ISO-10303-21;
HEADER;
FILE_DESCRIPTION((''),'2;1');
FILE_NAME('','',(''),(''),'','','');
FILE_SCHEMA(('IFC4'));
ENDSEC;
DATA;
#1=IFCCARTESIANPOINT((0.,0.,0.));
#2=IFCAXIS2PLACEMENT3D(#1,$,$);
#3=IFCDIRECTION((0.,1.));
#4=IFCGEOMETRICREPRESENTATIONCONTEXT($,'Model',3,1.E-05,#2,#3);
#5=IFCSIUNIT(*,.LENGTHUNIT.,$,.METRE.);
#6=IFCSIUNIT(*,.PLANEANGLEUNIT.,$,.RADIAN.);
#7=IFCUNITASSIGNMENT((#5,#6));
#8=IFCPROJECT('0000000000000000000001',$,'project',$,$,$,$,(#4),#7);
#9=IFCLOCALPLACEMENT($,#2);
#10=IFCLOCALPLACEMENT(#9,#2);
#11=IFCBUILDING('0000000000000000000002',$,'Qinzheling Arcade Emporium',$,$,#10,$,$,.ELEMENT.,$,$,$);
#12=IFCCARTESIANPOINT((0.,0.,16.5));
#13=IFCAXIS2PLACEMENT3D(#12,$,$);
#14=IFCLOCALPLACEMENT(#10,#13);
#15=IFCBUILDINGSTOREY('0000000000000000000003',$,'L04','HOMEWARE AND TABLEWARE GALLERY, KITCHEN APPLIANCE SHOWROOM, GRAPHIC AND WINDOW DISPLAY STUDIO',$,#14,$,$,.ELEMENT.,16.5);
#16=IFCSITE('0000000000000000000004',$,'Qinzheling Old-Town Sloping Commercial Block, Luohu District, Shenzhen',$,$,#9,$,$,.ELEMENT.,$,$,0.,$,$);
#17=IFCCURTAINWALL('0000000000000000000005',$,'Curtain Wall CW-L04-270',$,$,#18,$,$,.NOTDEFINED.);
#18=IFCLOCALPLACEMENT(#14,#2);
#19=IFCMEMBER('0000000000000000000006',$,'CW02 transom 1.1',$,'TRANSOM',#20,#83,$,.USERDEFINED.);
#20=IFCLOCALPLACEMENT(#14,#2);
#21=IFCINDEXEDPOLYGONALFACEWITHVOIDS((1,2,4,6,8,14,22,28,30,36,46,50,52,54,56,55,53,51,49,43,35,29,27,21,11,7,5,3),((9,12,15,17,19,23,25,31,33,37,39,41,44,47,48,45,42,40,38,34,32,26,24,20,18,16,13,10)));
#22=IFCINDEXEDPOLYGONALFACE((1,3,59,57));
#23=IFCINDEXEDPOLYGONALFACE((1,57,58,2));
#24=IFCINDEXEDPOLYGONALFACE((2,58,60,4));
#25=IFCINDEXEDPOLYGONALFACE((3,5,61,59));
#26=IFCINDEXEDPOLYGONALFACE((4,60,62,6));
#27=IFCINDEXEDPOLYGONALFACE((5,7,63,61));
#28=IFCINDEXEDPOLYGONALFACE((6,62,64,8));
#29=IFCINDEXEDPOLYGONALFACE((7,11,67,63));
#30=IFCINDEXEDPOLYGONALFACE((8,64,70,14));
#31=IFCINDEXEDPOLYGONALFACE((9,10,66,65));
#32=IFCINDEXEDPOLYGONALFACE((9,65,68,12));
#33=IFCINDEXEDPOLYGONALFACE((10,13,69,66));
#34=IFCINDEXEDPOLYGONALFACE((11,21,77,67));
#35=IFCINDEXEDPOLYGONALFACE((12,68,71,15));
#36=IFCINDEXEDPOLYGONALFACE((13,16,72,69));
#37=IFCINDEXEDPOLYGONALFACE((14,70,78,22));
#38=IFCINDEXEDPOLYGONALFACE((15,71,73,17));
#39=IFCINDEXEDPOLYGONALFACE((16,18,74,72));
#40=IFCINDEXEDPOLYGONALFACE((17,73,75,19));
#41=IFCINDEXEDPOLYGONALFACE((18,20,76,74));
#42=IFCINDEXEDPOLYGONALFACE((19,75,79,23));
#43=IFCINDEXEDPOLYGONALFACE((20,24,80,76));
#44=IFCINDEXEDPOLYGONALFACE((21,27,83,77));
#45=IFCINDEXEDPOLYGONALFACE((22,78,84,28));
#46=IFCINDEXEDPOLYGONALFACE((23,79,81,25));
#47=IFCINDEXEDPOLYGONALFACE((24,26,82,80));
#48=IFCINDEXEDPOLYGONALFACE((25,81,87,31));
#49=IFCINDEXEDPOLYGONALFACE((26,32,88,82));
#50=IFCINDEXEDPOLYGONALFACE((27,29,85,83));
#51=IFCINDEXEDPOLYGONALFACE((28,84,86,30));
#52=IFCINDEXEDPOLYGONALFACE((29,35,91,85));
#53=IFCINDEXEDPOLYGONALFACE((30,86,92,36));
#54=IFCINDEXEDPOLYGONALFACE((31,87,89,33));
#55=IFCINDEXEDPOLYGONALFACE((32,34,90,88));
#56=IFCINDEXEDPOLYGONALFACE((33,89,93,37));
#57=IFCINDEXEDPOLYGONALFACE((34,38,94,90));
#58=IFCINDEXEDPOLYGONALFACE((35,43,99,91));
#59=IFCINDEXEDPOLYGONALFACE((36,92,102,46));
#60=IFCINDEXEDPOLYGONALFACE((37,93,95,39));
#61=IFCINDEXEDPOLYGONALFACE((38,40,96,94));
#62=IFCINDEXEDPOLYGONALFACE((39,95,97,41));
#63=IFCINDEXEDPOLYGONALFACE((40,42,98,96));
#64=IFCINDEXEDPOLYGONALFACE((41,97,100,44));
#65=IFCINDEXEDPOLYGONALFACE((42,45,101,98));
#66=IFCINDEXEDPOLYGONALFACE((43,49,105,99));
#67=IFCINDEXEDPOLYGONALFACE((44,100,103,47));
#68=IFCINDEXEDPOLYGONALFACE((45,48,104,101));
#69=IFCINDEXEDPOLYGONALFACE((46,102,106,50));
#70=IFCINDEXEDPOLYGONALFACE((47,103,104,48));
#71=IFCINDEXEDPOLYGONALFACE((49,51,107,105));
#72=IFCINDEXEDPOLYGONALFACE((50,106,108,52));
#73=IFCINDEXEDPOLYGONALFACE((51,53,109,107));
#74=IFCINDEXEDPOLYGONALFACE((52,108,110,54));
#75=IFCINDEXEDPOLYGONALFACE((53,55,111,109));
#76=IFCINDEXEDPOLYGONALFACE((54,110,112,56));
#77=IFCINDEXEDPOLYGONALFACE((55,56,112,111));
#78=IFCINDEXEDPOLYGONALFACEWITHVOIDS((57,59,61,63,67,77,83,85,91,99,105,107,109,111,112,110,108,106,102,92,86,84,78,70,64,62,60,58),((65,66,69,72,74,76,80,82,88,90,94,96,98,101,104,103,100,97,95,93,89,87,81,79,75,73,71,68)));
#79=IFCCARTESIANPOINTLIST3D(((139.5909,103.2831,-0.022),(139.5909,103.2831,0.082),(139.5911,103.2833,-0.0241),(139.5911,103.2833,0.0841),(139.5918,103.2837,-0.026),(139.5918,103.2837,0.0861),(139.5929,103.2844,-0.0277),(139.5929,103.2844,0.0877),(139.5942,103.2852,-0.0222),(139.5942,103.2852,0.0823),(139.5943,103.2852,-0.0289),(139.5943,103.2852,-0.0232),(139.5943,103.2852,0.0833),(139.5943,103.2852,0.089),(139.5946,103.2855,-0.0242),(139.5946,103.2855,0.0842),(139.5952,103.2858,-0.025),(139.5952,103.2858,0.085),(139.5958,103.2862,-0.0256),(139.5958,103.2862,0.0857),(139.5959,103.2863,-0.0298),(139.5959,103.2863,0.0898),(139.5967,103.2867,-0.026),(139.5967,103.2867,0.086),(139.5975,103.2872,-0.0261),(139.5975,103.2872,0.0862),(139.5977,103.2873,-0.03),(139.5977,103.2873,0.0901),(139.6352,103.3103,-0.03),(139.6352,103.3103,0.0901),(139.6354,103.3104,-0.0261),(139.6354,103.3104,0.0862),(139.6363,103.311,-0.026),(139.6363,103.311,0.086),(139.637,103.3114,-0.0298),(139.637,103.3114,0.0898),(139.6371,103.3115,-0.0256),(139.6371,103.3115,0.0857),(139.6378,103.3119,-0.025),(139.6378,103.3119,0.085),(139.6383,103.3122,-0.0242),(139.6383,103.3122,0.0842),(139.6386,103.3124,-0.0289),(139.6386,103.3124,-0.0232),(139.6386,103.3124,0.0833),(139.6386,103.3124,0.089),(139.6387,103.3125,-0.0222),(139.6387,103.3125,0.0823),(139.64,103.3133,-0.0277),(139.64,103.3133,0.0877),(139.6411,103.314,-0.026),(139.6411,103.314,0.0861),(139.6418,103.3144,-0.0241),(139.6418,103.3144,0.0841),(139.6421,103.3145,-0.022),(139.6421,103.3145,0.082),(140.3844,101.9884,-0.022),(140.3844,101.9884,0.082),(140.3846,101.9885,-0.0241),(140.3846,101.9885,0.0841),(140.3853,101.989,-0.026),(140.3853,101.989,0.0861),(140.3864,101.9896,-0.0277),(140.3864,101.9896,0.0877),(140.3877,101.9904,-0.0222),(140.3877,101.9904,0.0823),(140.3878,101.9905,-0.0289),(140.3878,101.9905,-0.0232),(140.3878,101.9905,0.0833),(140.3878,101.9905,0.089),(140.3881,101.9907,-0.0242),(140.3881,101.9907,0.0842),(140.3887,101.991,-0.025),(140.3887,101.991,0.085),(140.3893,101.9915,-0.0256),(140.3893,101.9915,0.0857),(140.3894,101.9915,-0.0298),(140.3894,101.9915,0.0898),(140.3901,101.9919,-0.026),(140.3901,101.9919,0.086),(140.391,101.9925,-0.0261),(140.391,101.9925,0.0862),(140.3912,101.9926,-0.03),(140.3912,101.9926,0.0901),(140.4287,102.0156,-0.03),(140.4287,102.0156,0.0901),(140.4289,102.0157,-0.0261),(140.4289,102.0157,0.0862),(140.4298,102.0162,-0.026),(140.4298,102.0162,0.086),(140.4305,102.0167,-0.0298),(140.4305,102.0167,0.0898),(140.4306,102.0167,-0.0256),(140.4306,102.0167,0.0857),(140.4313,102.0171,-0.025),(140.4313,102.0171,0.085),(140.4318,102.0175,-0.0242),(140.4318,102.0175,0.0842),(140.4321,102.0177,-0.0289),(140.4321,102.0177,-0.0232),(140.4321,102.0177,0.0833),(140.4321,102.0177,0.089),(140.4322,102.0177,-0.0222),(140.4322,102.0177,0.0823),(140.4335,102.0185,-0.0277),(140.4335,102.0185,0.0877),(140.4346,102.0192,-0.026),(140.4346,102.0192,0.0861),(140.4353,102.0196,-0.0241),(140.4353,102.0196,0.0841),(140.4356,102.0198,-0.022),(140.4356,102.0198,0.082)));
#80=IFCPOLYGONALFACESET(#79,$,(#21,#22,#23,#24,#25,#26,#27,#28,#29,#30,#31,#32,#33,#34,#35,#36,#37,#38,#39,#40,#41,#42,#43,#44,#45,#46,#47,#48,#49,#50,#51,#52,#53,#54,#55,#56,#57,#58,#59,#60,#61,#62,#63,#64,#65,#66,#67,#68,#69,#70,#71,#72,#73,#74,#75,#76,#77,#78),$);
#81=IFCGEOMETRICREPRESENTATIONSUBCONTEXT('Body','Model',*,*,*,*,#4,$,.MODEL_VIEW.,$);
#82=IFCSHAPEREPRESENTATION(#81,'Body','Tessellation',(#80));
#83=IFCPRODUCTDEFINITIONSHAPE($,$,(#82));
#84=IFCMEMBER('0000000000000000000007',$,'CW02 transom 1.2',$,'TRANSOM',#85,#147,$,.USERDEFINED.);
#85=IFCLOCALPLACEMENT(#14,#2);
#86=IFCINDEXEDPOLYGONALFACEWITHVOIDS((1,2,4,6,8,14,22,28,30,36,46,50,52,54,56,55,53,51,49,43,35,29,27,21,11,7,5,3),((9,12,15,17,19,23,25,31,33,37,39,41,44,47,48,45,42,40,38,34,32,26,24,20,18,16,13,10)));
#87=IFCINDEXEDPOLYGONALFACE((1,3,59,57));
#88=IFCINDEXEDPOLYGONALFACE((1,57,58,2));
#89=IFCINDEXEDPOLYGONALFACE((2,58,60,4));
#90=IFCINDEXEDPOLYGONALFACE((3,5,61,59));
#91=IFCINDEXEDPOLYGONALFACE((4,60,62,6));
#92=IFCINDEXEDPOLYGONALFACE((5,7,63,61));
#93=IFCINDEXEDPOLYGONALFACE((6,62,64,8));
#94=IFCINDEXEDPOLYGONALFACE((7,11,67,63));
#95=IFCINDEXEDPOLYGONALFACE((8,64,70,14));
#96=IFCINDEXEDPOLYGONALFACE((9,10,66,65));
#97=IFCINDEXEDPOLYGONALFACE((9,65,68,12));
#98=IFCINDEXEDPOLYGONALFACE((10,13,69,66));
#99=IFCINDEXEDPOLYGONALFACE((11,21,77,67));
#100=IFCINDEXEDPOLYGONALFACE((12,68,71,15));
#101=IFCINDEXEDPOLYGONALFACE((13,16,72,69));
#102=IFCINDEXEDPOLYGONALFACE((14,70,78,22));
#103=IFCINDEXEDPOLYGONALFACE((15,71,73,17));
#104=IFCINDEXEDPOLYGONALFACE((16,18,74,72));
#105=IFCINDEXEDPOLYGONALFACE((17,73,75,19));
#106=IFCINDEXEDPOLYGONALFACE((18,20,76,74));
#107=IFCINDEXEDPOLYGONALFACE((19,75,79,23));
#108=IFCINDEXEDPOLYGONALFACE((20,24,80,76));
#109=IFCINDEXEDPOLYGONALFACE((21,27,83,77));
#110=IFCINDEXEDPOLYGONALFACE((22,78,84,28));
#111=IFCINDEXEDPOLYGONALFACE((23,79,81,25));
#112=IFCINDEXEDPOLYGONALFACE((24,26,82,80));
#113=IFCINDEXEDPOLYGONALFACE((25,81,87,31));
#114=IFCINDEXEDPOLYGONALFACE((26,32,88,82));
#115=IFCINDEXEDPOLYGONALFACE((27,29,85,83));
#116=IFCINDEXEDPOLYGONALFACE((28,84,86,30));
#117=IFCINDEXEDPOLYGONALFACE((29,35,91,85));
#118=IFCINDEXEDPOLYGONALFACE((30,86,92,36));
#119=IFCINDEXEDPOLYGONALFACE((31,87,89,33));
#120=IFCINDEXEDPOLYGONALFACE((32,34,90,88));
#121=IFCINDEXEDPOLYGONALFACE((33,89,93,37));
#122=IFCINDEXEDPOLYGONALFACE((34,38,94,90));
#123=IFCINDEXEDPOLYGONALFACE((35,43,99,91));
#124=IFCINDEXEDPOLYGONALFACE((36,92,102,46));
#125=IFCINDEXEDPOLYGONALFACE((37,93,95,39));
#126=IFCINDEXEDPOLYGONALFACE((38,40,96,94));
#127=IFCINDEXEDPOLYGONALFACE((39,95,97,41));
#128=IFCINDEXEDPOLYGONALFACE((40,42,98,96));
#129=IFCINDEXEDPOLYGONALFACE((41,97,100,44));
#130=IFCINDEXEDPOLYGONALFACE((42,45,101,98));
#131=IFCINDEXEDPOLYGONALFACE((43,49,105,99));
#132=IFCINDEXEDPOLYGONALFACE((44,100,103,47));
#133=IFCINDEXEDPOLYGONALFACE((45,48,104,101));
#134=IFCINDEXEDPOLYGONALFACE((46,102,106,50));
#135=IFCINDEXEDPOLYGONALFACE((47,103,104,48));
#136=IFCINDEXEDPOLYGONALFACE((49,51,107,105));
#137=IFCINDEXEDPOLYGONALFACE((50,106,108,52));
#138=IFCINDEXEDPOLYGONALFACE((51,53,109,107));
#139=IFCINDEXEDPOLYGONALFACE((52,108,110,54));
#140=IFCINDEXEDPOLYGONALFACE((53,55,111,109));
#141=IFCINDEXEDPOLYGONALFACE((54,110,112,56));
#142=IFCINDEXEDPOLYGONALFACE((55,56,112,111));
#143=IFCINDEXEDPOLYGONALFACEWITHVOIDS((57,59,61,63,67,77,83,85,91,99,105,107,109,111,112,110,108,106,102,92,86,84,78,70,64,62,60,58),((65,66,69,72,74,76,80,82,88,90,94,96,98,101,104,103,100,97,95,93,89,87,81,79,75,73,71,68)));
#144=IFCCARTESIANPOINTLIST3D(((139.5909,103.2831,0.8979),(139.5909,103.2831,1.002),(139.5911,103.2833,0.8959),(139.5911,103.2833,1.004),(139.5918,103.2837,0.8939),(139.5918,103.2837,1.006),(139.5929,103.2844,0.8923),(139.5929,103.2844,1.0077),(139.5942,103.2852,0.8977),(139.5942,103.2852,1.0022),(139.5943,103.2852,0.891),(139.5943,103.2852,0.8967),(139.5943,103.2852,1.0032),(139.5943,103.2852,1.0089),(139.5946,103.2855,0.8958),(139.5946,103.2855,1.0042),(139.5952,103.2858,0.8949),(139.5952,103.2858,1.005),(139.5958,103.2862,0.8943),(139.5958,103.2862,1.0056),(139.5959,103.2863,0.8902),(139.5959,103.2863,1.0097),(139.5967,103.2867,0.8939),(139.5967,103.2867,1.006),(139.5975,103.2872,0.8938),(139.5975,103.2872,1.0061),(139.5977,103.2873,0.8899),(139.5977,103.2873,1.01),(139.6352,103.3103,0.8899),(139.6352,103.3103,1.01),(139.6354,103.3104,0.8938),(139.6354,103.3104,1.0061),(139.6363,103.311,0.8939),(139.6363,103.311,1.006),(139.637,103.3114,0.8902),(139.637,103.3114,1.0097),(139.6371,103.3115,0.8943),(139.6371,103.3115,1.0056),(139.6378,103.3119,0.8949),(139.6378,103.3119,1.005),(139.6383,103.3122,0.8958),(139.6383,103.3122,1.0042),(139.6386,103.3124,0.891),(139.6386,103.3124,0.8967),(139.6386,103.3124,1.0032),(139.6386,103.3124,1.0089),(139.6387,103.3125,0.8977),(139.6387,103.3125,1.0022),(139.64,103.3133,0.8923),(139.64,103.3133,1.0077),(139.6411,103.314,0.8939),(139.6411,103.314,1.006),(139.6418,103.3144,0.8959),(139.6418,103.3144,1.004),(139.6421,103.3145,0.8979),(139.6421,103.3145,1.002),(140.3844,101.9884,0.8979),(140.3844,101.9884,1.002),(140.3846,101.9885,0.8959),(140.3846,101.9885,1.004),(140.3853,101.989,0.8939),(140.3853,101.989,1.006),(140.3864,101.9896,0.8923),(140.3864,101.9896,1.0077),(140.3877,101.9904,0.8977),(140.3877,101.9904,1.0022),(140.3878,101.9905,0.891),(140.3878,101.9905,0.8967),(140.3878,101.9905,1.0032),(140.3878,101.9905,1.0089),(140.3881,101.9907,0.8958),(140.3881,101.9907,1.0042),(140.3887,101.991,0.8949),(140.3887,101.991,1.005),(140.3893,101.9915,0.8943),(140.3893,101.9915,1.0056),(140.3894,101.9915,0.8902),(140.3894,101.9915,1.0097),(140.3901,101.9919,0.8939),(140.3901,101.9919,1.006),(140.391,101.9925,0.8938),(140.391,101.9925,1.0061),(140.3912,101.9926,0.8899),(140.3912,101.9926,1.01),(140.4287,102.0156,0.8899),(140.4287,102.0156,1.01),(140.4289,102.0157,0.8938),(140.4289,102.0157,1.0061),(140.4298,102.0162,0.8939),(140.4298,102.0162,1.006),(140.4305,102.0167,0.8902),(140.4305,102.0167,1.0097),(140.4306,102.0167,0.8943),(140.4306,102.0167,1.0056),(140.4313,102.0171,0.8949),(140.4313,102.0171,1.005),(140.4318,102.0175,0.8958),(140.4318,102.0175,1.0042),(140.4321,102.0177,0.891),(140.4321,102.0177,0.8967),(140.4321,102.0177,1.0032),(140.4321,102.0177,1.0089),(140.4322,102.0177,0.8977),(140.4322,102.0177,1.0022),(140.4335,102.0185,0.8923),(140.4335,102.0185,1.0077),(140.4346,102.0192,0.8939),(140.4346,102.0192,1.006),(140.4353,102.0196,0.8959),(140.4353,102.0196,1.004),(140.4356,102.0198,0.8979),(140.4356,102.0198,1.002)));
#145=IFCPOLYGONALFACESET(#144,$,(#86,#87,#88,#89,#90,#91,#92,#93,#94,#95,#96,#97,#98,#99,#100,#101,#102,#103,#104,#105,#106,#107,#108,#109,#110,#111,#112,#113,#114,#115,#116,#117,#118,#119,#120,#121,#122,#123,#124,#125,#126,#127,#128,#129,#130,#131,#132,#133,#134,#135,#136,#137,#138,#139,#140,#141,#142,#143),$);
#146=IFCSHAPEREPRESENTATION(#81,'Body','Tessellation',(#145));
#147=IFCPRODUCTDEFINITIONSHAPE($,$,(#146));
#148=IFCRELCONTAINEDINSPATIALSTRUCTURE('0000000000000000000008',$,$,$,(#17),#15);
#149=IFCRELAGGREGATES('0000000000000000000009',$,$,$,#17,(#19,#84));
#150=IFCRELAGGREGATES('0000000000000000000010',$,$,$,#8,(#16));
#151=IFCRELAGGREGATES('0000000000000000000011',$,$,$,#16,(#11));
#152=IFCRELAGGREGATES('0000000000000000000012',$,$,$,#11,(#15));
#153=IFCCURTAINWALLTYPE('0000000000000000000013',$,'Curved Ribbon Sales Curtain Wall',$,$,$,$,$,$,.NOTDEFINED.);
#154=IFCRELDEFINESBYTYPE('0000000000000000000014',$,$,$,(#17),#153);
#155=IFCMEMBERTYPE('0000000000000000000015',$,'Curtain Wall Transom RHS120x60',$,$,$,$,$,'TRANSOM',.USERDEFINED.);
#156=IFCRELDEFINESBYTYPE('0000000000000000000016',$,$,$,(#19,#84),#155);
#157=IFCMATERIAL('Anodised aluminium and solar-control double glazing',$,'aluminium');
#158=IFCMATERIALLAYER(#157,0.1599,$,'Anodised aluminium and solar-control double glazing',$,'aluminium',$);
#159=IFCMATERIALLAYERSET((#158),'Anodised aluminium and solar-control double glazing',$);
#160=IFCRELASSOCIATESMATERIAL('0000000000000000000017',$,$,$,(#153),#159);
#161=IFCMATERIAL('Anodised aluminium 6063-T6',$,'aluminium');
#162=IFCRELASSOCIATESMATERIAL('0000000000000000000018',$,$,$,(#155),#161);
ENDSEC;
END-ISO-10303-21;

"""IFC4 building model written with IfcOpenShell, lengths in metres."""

from ifc_helpers import new_model, si_unit, direction, frame, origin, origin_2d, place, context, subcontext, project, spatial, hollow_rectangle, extrude, material, layer, layer_set, material_profile, profile_set, type_object, element, aggregate, save


model = new_model("IFC4")

# Units and contexts
model_context = context("Model", 3, precision=1e-05, world=origin(), true_north=direction((0.0, 1.0)))
body_context = subcontext(model_context, "Body", "Model", "MODEL_VIEW")
ifc_project = project(units=[si_unit("LENGTHUNIT", "METRE"), si_unit("PLANEANGLEUNIT", "RADIAN")], contexts=[model_context])

# Site, building, storey
site_placement = place(None, origin())
site = spatial("IfcSite", under=ifc_project, at=site_placement, Name="Qinzheling Old-Town Sloping Commercial Block, Luohu District, Shenzhen", CompositionType="ELEMENT", RefElevation=0.0)
building_placement = place(site_placement, origin())
building = spatial("IfcBuilding", under=site, at=building_placement, Name="Qinzheling Arcade Emporium", CompositionType="ELEMENT")
storey_placement = place(building_placement, frame((0.0, 0.0, 16.5)))
storey = spatial("IfcBuildingStorey", under=building, at=storey_placement, Name="L04", Description="HOMEWARE AND TABLEWARE GALLERY, KITCHEN APPLIANCE SHOWROOM, GRAPHIC AND WINDOW DISPLAY STUDIO", CompositionType="ELEMENT", Elevation=16.5)

# Curtain wall
ifc_material_1 = material(Name="Anodised aluminium and solar-control double glazing", Category="aluminium")
ifc_layer_1 = layer(ifc_material_1, 0.1599, Name="Anodised aluminium and solar-control double glazing", Category="aluminium")
ifc_layer_set_1 = layer_set([ifc_layer_1], Name="Anodised aluminium and solar-control double glazing")
curtain_wall_type = type_object("IfcCurtainWallType", Name="Curved Ribbon Sales Curtain Wall", PredefinedType="NOTDEFINED", material=ifc_layer_set_1)
ifc_material_2 = material(Name="Anodised aluminium 6063-T6", Category="aluminium")
curtain_wall_1_placement = place(storey_placement, origin())
curtain_wall_1 = element("IfcCurtainWall", 1, at=curtain_wall_1_placement, inside=storey, type_object=curtain_wall_type, Name="Curtain Wall CW-L04-270", PredefinedType="NOTDEFINED")

# Members
ifc_material_profile_1 = material_profile(ifc_material_2, hollow_rectangle(XDim=0.0601, YDim=0.1201, WallThickness=0.0039, InnerFilletRadius=0.0039, OuterFilletRadius=0.0081, at=origin_2d()), Name="RHS 120x60x4", Category="aluminium")
ifc_profile_set_1 = profile_set([ifc_material_profile_1], Name="Anodised aluminium 6063-T6")
member_type_1 = type_object("IfcMemberType", Name="Curtain Wall Transom RHS120x60", ElementType="TRANSOM", PredefinedType="USERDEFINED", material=ifc_profile_set_1)
member_1_placement = place(storey_placement, frame((139.6165, 103.2988, 0.03), z_axis=(0.522536, -0.852617, 0.0), x_axis=(0.852617, 0.522536, 0.0)))
member_1 = element("IfcMember", 2, at=member_1_placement, type_object=member_type_1, Name="CW02 transom 1.1", ObjectType="TRANSOM", PredefinedType="USERDEFINED", context=body_context, shape_type="SweptSolid", body=[
    extrude(hollow_rectangle(XDim=0.0601, YDim=0.1201, WallThickness=0.0039, InnerFilletRadius=0.0039, OuterFilletRadius=0.0081, at=origin_2d()), origin(), (0.0, 0.0, 1.0), 1.5186),
])
member_2_placement = place(storey_placement, frame((139.6165, 103.2988, 0.95), z_axis=(0.522536, -0.852617, 0.0), x_axis=(0.852617, 0.522536, 0.0)))
member_2 = element("IfcMember", 3, at=member_2_placement, type_object=member_type_1, Name="CW02 transom 1.2", ObjectType="TRANSOM", PredefinedType="USERDEFINED", context=body_context, shape_type="SweptSolid", body=[
    extrude(hollow_rectangle(XDim=0.0601, YDim=0.1201, WallThickness=0.0039, InnerFilletRadius=0.0039, OuterFilletRadius=0.0081, at=origin_2d()), origin(), (0.0, 0.0, 1.0), 1.5186),
])

aggregate(curtain_wall_1, [member_1, member_2])

save(model, "model.ifc")
